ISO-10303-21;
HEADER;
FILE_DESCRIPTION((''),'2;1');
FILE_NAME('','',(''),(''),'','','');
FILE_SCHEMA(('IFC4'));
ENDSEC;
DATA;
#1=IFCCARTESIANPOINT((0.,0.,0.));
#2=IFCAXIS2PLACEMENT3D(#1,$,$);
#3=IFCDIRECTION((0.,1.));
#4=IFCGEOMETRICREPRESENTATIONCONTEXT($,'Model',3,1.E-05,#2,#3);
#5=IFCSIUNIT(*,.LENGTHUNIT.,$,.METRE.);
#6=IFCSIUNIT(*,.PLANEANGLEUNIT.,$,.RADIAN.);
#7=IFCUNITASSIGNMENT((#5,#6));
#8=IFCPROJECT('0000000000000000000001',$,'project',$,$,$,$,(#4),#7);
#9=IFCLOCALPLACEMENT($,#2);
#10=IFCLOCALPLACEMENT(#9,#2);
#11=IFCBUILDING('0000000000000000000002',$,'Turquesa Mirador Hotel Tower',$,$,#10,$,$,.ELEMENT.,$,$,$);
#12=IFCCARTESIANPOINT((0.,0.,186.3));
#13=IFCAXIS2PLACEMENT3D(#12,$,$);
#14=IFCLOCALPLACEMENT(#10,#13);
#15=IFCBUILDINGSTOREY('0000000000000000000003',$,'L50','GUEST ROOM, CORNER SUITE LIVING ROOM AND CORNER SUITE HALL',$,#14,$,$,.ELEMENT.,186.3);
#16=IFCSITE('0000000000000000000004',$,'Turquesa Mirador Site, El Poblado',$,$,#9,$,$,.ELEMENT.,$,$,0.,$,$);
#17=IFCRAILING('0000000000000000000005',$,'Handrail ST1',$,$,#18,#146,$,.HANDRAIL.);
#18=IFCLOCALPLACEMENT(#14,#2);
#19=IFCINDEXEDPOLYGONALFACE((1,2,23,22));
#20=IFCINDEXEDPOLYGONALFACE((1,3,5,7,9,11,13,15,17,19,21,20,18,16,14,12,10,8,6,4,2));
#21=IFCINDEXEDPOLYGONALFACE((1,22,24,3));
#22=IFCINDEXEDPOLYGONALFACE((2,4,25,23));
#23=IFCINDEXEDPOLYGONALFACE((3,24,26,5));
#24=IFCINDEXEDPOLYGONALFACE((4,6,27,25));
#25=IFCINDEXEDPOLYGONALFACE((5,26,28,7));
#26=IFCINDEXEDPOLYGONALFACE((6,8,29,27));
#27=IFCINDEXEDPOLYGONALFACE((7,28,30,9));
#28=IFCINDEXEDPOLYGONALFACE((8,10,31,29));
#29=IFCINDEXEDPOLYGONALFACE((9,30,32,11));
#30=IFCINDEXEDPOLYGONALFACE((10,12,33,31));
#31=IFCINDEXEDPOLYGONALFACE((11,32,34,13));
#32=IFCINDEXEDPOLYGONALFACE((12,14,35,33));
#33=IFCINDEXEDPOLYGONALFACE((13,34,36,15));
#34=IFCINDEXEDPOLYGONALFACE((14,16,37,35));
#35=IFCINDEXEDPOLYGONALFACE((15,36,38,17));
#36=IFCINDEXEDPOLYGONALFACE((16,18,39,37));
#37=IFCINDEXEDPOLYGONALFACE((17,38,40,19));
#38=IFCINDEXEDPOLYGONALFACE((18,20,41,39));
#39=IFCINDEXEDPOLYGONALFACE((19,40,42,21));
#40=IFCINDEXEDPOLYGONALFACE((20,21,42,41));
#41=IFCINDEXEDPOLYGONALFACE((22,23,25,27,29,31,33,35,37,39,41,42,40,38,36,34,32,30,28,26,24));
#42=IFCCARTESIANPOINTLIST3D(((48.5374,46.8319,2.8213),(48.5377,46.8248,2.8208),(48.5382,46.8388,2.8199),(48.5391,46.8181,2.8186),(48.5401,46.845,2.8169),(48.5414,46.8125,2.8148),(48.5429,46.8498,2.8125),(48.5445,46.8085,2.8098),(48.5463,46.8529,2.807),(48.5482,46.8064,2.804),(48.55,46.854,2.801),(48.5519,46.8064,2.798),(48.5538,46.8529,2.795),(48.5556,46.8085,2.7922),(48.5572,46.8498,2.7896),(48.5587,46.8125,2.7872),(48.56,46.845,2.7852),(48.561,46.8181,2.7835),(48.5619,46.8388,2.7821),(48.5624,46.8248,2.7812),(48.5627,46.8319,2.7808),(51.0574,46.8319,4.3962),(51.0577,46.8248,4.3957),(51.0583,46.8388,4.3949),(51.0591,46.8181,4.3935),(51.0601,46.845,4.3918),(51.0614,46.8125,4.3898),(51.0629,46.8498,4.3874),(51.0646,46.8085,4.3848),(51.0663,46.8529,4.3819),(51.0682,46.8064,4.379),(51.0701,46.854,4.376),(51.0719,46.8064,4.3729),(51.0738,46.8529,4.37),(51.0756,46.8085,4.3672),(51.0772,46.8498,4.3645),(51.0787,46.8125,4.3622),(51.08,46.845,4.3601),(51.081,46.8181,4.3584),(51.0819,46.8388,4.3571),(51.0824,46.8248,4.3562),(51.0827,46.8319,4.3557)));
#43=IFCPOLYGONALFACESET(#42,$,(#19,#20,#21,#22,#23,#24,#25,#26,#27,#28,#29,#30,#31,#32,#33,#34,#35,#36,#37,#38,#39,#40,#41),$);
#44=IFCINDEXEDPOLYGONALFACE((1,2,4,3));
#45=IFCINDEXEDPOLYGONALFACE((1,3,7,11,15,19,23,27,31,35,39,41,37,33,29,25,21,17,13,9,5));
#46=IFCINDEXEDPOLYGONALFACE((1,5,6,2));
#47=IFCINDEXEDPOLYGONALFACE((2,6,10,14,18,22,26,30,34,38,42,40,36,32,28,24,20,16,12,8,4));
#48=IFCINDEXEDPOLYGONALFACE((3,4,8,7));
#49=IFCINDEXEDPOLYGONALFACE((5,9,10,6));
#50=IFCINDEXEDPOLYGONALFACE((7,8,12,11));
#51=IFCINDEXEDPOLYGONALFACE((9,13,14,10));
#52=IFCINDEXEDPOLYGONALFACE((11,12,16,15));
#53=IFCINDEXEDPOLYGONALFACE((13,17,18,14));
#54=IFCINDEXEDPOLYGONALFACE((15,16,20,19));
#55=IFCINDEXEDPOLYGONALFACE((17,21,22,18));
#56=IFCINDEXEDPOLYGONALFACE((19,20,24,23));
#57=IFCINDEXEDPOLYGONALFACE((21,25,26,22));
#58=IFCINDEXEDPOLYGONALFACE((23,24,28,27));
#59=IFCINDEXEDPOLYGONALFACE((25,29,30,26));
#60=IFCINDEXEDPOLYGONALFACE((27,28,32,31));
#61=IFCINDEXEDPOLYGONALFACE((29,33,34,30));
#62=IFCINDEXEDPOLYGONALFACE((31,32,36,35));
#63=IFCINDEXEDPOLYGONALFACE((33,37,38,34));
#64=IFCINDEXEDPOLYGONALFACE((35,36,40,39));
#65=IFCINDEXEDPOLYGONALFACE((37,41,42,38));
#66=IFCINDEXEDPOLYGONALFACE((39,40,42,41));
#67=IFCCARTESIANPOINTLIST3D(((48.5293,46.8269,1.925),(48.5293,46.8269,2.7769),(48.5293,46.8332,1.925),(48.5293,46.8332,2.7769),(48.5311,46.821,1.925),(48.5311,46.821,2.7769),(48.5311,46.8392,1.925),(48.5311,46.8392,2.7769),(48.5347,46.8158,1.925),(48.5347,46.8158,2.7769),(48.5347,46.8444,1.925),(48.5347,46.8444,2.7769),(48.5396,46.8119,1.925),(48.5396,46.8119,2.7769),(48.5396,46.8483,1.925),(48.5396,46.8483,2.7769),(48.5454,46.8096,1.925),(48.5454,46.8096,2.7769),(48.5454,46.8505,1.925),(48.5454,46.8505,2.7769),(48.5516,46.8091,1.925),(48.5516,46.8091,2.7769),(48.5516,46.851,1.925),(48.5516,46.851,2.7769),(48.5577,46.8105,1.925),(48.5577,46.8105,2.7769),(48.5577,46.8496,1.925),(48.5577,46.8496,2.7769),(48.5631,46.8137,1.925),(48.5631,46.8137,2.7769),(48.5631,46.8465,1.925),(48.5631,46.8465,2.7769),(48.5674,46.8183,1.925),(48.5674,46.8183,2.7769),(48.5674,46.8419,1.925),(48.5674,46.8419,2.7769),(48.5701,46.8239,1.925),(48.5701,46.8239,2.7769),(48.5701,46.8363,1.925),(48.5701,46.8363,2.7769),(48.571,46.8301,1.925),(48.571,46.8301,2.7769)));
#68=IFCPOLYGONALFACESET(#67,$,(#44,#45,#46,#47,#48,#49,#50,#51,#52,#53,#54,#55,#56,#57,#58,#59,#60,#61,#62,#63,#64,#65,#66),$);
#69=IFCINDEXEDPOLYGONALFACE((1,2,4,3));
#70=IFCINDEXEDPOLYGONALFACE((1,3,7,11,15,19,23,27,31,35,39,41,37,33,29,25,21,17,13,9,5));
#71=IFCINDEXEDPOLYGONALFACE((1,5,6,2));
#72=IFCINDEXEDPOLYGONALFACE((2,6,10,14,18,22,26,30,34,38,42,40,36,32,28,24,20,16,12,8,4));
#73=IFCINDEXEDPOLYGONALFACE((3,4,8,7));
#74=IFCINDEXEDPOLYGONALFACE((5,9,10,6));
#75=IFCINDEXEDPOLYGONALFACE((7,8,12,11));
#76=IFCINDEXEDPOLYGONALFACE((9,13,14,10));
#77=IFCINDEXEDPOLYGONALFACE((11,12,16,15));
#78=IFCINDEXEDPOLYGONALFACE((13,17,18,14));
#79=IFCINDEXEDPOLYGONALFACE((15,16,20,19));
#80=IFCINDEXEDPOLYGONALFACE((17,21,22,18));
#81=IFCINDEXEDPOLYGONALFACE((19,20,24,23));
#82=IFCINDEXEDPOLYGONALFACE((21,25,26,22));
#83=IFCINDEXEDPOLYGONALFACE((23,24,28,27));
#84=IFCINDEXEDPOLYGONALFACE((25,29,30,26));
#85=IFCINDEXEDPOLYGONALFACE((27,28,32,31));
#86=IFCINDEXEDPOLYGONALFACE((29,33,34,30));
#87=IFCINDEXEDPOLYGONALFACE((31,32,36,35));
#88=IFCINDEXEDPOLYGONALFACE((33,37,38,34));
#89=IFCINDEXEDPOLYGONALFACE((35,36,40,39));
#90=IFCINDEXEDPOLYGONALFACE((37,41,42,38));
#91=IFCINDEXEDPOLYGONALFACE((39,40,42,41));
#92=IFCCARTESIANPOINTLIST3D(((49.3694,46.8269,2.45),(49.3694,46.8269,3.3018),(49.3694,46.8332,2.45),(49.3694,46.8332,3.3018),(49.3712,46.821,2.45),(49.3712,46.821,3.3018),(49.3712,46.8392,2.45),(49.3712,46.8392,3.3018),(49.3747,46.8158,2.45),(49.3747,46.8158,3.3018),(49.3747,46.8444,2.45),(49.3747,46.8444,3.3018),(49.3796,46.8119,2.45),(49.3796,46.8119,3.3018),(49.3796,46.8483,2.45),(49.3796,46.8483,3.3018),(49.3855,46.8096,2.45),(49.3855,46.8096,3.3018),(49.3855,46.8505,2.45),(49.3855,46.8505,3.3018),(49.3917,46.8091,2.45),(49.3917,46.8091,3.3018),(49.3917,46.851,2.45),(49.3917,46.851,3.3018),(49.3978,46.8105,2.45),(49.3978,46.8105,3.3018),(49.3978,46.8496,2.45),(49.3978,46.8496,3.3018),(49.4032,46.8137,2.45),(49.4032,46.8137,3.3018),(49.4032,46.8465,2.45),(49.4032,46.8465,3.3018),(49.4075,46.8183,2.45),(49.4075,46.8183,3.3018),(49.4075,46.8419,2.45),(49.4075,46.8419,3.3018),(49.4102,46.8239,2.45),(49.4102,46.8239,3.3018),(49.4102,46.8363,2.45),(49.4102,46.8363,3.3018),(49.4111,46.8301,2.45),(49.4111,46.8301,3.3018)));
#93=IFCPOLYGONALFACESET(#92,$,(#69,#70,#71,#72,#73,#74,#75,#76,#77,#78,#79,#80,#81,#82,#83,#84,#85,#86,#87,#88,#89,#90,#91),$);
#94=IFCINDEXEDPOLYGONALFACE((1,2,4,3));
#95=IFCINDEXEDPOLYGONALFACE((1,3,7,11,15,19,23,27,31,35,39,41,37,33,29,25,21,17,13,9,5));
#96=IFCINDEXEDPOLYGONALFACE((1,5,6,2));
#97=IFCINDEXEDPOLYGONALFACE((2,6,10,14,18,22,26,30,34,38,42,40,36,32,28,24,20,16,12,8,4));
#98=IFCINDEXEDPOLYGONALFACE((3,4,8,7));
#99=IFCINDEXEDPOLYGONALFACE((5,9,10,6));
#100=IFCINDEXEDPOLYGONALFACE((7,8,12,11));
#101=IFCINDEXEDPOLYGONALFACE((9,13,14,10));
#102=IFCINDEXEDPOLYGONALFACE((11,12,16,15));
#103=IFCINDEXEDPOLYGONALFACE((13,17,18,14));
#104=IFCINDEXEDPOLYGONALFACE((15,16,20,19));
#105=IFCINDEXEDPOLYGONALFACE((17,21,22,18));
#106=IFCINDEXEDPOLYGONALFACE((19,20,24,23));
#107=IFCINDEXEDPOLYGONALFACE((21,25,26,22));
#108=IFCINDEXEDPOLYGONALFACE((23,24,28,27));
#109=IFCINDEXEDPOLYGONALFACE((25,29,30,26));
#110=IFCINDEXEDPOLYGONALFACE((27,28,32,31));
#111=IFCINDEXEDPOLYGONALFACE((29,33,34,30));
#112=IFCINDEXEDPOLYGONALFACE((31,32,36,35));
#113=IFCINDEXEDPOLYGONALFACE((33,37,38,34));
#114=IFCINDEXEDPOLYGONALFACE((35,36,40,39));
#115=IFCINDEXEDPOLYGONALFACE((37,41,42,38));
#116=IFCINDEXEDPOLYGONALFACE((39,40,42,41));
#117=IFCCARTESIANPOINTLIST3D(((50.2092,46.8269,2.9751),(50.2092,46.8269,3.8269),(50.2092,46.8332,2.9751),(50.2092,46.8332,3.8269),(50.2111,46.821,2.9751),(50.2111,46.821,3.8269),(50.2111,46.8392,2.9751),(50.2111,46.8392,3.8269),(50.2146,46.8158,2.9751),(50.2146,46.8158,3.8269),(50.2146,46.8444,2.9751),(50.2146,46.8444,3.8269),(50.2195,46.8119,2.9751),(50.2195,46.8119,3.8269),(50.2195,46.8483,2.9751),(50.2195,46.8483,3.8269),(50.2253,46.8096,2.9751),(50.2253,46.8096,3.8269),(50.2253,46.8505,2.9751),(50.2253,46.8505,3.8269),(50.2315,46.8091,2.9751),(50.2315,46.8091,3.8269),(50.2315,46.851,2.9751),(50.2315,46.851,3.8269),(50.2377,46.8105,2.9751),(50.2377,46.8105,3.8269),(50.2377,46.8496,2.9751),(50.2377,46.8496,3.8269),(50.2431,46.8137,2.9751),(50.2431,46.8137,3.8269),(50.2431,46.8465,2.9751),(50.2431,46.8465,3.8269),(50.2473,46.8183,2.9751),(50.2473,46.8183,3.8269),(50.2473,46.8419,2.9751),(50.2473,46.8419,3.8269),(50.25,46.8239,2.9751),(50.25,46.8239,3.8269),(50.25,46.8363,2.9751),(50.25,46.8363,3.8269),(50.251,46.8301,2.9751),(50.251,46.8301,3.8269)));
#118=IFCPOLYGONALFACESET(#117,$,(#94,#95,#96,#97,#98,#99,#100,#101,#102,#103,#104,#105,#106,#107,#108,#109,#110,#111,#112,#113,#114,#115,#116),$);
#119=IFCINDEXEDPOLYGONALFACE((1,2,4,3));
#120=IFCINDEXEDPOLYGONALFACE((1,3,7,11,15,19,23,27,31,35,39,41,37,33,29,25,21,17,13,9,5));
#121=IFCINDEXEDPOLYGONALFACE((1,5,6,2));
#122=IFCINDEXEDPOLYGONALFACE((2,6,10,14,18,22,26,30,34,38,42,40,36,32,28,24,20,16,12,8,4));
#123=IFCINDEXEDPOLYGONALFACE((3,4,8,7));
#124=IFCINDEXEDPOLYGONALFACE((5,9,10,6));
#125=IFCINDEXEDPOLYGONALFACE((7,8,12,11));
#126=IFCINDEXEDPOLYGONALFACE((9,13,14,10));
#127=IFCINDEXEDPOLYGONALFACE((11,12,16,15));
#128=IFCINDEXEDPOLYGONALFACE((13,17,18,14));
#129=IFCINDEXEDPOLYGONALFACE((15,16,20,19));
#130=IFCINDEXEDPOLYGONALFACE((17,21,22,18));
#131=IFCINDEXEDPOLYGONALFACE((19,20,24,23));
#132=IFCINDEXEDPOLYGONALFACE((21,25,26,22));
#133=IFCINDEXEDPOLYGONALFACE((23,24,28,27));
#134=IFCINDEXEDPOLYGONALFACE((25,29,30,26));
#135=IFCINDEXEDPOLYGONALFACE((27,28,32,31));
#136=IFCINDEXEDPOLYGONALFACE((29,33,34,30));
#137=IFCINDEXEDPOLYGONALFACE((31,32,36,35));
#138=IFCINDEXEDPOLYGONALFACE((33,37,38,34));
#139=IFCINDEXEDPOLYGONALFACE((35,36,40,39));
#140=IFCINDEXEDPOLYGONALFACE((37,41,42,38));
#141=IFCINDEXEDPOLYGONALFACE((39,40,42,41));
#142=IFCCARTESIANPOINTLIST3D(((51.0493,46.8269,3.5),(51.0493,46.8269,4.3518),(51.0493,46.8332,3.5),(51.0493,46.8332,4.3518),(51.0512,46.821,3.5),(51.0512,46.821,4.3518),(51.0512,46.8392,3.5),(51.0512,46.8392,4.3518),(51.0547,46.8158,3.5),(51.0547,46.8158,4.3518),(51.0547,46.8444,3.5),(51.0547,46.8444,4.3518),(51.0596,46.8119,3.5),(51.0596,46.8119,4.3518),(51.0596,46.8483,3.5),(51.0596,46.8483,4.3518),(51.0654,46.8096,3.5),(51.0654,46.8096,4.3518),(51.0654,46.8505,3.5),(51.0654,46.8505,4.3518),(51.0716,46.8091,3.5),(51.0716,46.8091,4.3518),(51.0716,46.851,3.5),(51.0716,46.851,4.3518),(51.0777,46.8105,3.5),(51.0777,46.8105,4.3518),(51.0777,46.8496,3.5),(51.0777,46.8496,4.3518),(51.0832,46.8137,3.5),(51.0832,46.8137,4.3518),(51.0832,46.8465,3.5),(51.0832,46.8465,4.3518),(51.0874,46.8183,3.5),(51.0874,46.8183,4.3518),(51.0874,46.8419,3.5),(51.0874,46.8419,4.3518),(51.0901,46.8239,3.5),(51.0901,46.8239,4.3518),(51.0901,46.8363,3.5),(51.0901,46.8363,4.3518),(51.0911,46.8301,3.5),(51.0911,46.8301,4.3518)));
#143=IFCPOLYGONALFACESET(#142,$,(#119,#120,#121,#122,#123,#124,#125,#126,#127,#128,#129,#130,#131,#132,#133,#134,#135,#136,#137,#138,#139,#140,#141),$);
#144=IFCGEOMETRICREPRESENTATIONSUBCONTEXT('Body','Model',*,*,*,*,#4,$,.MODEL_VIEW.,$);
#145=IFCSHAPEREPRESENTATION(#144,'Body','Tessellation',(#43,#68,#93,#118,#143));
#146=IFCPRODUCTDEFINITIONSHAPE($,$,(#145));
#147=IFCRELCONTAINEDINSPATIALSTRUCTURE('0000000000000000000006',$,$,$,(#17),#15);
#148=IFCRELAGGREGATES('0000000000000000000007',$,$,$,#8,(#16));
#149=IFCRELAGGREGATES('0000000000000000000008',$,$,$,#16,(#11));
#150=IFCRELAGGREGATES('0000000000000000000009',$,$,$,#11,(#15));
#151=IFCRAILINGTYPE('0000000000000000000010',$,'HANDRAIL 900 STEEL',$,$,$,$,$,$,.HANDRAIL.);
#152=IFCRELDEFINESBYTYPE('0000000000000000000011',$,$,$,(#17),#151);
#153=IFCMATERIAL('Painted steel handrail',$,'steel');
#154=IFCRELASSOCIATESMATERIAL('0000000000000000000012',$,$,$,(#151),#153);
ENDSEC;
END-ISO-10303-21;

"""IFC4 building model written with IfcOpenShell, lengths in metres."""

from ifc_helpers import new_model, si_unit, direction, frame, origin, origin_2d, place, context, subcontext, project, spatial, circle, extrude, material, type_object, element, save


model = new_model("IFC4")

# Units and contexts
model_context = context("Model", 3, precision=1e-05, world=origin(), true_north=direction((0.0, 1.0)))
body_context = subcontext(model_context, "Body", "Model", "MODEL_VIEW")
ifc_project = project(units=[si_unit("LENGTHUNIT", "METRE"), si_unit("PLANEANGLEUNIT", "RADIAN")], contexts=[model_context])

# Site, building, storey
site_placement = place(None, origin())
site = spatial("IfcSite", under=ifc_project, at=site_placement, Name="Turquesa Mirador Site, El Poblado", CompositionType="ELEMENT", RefElevation=0.0)
building_placement = place(site_placement, origin())
building = spatial("IfcBuilding", under=site, at=building_placement, Name="Turquesa Mirador Hotel Tower", CompositionType="ELEMENT")
storey_placement = place(building_placement, frame((0.0, 0.0, 186.3)))
storey = spatial("IfcBuildingStorey", under=building, at=storey_placement, Name="L50", Description="GUEST ROOM, CORNER SUITE LIVING ROOM AND CORNER SUITE HALL", CompositionType="ELEMENT", Elevation=186.3)

# Railing
ifc_material_1 = material(Name="Painted steel handrail", Category="steel")
railing_type = type_object("IfcRailingType", Name="HANDRAIL 900 STEEL", PredefinedType="HANDRAIL", material=ifc_material_1)
railing_1_placement = place(storey_placement, frame((48.55, 46.8301, 1.925)))
element("IfcRailing", 1, at=railing_1_placement, inside=storey, type_object=railing_type, Name="Handrail ST1", PredefinedType="HANDRAIL", context=body_context, shape_type="SweptSolid", body=[
    extrude(circle(Radius=0.0239, at=origin_2d()), frame((0.0, 0.0, 0.876), z_axis=(0.848008, 0.0, 0.529984), x_axis=(0.0, 1.0, 0.0)), (0.0, 0.0, 1.0), 2.9717),
    extrude(circle(Radius=0.021, at=origin_2d()), origin(), (0.0, 0.0, 1.0), 0.8518),
    extrude(circle(Radius=0.021, at=origin_2d()), frame((0.8401, 0.0, 0.5249)), (0.0, 0.0, 1.0), 0.8518),
    extrude(circle(Radius=0.021, at=origin_2d()), frame((1.6799, 0.0, 1.05)), (0.0, 0.0, 1.0), 0.8518),
    extrude(circle(Radius=0.021, at=origin_2d()), frame((2.52, 0.0, 1.575)), (0.0, 0.0, 1.0), 0.8518),
])

save(model, "model.ifc")
